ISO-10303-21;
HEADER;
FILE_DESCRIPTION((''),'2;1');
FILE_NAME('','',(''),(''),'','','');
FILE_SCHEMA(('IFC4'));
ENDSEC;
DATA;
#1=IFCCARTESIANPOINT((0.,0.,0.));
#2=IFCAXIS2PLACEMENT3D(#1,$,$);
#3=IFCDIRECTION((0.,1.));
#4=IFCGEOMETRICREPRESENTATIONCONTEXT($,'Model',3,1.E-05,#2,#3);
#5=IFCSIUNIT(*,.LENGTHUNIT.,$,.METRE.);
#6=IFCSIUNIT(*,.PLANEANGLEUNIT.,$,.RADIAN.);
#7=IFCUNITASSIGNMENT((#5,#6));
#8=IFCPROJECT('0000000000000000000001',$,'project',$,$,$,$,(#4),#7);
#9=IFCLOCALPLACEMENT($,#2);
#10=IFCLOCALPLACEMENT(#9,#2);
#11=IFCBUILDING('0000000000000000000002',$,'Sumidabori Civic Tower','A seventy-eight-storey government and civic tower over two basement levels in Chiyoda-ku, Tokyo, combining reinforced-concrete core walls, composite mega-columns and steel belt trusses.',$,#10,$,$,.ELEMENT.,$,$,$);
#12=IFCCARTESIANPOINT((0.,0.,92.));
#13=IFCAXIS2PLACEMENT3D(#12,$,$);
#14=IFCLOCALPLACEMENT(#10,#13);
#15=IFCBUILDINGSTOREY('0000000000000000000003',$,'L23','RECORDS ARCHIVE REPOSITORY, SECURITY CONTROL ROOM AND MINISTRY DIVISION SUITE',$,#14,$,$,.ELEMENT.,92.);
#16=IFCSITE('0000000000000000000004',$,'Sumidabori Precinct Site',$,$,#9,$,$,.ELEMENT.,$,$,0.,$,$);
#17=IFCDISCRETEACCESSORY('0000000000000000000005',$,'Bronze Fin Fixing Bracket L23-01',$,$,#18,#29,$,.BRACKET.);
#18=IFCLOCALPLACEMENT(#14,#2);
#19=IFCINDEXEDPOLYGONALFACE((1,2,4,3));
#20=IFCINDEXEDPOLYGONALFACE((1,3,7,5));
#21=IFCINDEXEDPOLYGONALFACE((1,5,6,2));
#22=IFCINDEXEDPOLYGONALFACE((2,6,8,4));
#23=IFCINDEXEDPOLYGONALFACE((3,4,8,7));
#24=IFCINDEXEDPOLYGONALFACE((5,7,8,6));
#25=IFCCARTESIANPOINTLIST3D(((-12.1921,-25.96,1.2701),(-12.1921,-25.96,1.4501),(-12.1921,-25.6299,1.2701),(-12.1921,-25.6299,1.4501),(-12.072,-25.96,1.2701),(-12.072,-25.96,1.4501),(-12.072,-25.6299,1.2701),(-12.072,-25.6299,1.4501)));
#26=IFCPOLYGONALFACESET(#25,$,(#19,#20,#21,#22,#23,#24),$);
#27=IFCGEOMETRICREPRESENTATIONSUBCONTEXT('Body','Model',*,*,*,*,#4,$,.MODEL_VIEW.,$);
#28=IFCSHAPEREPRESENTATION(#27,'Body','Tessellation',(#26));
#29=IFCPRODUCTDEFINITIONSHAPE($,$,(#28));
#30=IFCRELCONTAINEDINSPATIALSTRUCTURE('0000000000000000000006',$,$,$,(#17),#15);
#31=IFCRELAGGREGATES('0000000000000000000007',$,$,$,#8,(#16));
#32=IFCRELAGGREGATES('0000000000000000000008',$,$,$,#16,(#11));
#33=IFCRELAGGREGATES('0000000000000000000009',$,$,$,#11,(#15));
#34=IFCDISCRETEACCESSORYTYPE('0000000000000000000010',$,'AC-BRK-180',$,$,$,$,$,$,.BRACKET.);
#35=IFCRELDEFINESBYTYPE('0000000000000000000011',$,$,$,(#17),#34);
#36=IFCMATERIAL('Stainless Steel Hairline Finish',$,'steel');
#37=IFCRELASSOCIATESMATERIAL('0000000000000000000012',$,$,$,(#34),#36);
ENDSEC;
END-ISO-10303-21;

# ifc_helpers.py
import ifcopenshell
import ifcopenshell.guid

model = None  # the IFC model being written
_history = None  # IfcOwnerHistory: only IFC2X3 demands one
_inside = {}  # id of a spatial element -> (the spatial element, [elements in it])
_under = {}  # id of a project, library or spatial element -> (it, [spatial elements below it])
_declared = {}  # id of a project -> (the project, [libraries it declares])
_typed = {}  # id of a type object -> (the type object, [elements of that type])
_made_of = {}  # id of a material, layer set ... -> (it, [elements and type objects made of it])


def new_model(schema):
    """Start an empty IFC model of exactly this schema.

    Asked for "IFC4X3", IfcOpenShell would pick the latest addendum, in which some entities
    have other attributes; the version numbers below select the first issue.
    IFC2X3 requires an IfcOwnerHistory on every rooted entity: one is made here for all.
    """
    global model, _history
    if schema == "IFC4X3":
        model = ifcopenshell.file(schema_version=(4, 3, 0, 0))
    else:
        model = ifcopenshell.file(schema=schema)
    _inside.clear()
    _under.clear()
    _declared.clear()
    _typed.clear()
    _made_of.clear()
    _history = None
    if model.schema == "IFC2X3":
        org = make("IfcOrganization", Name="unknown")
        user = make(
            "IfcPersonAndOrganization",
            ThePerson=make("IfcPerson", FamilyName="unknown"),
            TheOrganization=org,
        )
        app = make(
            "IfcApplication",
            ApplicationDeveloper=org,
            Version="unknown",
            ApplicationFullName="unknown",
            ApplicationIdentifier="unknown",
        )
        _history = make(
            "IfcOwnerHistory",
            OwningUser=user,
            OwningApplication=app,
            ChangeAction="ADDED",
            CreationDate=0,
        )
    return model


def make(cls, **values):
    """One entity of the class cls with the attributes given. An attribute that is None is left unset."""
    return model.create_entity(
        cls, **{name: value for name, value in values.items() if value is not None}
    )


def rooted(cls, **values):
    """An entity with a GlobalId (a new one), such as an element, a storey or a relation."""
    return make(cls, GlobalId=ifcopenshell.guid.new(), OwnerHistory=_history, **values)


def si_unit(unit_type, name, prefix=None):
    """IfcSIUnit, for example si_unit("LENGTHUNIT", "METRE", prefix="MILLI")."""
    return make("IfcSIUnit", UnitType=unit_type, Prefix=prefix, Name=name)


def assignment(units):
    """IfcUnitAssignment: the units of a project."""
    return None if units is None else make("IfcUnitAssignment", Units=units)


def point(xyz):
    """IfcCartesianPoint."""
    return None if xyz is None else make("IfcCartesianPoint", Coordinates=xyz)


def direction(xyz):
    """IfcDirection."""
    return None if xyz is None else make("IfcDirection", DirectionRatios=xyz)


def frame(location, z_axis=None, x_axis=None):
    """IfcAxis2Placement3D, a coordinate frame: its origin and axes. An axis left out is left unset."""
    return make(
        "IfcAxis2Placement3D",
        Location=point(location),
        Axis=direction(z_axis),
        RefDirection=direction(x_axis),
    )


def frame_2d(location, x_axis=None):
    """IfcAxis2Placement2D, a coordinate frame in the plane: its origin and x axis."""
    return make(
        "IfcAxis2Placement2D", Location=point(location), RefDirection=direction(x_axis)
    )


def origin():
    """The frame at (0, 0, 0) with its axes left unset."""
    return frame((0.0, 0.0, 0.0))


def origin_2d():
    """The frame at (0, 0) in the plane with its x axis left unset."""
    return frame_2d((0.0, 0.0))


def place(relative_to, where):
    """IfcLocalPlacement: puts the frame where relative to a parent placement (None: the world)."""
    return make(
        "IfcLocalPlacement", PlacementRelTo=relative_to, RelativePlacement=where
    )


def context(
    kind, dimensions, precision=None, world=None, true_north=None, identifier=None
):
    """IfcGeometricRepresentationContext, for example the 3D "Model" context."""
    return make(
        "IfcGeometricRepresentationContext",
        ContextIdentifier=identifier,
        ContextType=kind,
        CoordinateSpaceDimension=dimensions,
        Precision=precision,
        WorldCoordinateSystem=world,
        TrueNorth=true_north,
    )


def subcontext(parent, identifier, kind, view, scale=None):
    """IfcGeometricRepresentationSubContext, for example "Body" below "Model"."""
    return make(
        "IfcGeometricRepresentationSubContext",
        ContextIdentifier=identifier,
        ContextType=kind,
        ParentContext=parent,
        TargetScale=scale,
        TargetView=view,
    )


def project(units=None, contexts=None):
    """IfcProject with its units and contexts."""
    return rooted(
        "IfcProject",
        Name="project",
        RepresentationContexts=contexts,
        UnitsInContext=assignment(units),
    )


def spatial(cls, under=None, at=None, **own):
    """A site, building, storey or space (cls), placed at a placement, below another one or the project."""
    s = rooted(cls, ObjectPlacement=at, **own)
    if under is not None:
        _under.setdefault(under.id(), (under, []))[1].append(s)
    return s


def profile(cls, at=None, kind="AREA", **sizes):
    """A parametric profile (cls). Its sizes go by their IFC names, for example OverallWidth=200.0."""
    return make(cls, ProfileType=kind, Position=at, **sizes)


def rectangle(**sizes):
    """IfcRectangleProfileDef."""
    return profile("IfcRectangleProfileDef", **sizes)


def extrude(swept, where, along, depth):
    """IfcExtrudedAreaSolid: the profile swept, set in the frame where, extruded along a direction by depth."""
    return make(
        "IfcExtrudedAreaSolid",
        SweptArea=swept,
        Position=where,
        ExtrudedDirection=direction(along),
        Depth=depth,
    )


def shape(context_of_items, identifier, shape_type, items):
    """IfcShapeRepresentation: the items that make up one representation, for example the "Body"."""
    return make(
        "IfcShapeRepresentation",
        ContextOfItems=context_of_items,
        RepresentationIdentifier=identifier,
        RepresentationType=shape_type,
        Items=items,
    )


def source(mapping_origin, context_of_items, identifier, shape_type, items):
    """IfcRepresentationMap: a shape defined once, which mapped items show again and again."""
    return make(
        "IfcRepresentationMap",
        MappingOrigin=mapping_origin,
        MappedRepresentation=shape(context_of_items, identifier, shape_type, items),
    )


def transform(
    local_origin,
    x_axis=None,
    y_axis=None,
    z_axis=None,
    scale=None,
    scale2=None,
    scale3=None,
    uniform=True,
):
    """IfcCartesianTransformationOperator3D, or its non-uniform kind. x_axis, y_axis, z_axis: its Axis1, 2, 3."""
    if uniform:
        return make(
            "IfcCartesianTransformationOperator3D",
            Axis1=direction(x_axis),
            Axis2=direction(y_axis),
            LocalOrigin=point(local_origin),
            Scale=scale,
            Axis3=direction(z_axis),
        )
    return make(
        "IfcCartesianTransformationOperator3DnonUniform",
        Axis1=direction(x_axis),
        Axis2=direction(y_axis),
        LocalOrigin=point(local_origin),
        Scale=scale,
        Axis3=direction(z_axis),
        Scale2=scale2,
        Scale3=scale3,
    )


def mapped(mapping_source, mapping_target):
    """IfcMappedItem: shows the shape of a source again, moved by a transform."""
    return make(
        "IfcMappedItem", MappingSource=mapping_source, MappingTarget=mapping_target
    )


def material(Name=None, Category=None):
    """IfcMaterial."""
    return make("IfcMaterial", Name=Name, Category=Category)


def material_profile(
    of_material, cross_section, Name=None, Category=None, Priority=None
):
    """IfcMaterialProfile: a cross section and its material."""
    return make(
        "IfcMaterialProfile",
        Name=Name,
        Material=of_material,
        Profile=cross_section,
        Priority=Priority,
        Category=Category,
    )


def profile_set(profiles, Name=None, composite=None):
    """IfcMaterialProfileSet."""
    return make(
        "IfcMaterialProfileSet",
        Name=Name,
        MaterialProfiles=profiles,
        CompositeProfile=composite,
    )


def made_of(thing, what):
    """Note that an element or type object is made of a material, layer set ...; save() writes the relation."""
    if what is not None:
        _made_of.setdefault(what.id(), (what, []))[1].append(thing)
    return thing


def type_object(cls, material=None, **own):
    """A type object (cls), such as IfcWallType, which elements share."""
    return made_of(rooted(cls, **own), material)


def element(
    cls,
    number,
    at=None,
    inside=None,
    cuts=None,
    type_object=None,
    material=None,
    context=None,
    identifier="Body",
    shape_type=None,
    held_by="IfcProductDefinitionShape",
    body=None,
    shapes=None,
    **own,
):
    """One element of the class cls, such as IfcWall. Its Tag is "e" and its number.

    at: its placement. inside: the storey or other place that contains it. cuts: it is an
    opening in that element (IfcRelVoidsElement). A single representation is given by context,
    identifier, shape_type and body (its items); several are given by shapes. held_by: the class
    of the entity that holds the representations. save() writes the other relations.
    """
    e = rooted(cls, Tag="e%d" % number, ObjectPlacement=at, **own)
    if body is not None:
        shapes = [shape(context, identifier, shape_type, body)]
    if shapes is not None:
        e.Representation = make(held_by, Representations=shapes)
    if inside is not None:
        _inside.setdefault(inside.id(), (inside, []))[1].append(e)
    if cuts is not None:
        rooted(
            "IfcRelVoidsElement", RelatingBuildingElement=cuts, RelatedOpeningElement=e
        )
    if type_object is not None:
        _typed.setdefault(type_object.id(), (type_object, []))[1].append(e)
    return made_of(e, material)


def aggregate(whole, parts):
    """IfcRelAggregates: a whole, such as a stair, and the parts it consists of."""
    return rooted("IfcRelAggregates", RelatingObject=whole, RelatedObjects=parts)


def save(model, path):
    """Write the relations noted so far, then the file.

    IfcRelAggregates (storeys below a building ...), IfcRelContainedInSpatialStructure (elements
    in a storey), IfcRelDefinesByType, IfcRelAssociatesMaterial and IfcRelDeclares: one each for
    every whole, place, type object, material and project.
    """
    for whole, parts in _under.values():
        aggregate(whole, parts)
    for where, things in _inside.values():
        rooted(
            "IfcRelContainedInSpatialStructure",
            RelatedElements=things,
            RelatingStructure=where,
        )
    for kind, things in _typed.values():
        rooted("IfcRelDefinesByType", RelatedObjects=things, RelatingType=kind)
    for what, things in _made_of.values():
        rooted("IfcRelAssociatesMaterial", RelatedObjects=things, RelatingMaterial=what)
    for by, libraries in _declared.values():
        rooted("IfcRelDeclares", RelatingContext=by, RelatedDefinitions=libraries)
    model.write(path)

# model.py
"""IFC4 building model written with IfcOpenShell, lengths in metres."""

from ifc_helpers import new_model, si_unit, direction, frame, origin, origin_2d, place, context, subcontext, project, spatial, rectangle, extrude, source, transform, mapped, material, material_profile, profile_set, type_object, element, save


model = new_model("IFC4")

# Units and contexts
model_context = context("Model", 3, precision=1e-05, world=origin(), true_north=direction((0.0, 1.0)))
body_context = subcontext(model_context, "Body", "Model", "MODEL_VIEW")
ifc_project = project(units=[si_unit("LENGTHUNIT", "METRE"), si_unit("PLANEANGLEUNIT", "RADIAN")], contexts=[model_context])

# Site, building, storey
site_placement = place(None, origin())
site = spatial("IfcSite", under=ifc_project, at=site_placement, Name="Sumidabori Precinct Site", CompositionType="ELEMENT", RefElevation=0.0)
building_placement = place(site_placement, origin())
building = spatial("IfcBuilding", under=site, at=building_placement, Name="Sumidabori Civic Tower", Description="A seventy-eight-storey government and civic tower over two basement levels in Chiyoda-ku, Tokyo, combining reinforced-concrete core walls, composite mega-columns and steel belt trusses.", CompositionType="ELEMENT")
storey_placement = place(building_placement, frame((0.0, 0.0, 92.0)))
storey = spatial("IfcBuildingStorey", under=building, at=storey_placement, Name="L23", Description="RECORDS ARCHIVE REPOSITORY, SECURITY CONTROL ROOM AND MINISTRY DIVISION SUITE", CompositionType="ELEMENT", Elevation=92.0)

# Discrete accessory
ifc_material_1 = material(Name="Stainless Steel Hairline Finish", Category="steel")
ifc_material_profile_1 = material_profile(ifc_material_1, rectangle(XDim=0.1201, YDim=0.1799, at=origin_2d()), Name="STEEL BRACKET 180x120")
ifc_profile_set_1 = profile_set([ifc_material_profile_1], Name="Stainless Steel Hairline Finish")
discrete_accessory_type = type_object("IfcDiscreteAccessoryType", Name="AC-BRK-180", PredefinedType="BRACKET", material=ifc_profile_set_1)
shared_shape_1 = source(origin(), body_context, "Body", "SweptSolid", [
    extrude(rectangle(XDim=0.1201, YDim=0.1799, at=origin_2d()), origin(), (0.0, 0.0, 1.0), 0.3301),
])
discrete_accessory_placement = place(storey_placement, frame((-12.1321, -25.6299, 1.3601), z_axis=(0.0, -1.0, 0.0), x_axis=(1.0, 0.0, 0.0)))
element("IfcDiscreteAccessory", 1, at=discrete_accessory_placement, inside=storey, type_object=discrete_accessory_type, Name="Bronze Fin Fixing Bracket L23-01", PredefinedType="BRACKET", context=body_context, shape_type="MappedRepresentation", body=[
    mapped(shared_shape_1, transform((0.0, 0.0, 0.0), x_axis=(1.0, 0.0, 0.0), y_axis=(0.0, 1.0, 0.0), z_axis=(0.0, 0.0, 1.0), scale=1.0)),
])

save(model, "model.ifc")
